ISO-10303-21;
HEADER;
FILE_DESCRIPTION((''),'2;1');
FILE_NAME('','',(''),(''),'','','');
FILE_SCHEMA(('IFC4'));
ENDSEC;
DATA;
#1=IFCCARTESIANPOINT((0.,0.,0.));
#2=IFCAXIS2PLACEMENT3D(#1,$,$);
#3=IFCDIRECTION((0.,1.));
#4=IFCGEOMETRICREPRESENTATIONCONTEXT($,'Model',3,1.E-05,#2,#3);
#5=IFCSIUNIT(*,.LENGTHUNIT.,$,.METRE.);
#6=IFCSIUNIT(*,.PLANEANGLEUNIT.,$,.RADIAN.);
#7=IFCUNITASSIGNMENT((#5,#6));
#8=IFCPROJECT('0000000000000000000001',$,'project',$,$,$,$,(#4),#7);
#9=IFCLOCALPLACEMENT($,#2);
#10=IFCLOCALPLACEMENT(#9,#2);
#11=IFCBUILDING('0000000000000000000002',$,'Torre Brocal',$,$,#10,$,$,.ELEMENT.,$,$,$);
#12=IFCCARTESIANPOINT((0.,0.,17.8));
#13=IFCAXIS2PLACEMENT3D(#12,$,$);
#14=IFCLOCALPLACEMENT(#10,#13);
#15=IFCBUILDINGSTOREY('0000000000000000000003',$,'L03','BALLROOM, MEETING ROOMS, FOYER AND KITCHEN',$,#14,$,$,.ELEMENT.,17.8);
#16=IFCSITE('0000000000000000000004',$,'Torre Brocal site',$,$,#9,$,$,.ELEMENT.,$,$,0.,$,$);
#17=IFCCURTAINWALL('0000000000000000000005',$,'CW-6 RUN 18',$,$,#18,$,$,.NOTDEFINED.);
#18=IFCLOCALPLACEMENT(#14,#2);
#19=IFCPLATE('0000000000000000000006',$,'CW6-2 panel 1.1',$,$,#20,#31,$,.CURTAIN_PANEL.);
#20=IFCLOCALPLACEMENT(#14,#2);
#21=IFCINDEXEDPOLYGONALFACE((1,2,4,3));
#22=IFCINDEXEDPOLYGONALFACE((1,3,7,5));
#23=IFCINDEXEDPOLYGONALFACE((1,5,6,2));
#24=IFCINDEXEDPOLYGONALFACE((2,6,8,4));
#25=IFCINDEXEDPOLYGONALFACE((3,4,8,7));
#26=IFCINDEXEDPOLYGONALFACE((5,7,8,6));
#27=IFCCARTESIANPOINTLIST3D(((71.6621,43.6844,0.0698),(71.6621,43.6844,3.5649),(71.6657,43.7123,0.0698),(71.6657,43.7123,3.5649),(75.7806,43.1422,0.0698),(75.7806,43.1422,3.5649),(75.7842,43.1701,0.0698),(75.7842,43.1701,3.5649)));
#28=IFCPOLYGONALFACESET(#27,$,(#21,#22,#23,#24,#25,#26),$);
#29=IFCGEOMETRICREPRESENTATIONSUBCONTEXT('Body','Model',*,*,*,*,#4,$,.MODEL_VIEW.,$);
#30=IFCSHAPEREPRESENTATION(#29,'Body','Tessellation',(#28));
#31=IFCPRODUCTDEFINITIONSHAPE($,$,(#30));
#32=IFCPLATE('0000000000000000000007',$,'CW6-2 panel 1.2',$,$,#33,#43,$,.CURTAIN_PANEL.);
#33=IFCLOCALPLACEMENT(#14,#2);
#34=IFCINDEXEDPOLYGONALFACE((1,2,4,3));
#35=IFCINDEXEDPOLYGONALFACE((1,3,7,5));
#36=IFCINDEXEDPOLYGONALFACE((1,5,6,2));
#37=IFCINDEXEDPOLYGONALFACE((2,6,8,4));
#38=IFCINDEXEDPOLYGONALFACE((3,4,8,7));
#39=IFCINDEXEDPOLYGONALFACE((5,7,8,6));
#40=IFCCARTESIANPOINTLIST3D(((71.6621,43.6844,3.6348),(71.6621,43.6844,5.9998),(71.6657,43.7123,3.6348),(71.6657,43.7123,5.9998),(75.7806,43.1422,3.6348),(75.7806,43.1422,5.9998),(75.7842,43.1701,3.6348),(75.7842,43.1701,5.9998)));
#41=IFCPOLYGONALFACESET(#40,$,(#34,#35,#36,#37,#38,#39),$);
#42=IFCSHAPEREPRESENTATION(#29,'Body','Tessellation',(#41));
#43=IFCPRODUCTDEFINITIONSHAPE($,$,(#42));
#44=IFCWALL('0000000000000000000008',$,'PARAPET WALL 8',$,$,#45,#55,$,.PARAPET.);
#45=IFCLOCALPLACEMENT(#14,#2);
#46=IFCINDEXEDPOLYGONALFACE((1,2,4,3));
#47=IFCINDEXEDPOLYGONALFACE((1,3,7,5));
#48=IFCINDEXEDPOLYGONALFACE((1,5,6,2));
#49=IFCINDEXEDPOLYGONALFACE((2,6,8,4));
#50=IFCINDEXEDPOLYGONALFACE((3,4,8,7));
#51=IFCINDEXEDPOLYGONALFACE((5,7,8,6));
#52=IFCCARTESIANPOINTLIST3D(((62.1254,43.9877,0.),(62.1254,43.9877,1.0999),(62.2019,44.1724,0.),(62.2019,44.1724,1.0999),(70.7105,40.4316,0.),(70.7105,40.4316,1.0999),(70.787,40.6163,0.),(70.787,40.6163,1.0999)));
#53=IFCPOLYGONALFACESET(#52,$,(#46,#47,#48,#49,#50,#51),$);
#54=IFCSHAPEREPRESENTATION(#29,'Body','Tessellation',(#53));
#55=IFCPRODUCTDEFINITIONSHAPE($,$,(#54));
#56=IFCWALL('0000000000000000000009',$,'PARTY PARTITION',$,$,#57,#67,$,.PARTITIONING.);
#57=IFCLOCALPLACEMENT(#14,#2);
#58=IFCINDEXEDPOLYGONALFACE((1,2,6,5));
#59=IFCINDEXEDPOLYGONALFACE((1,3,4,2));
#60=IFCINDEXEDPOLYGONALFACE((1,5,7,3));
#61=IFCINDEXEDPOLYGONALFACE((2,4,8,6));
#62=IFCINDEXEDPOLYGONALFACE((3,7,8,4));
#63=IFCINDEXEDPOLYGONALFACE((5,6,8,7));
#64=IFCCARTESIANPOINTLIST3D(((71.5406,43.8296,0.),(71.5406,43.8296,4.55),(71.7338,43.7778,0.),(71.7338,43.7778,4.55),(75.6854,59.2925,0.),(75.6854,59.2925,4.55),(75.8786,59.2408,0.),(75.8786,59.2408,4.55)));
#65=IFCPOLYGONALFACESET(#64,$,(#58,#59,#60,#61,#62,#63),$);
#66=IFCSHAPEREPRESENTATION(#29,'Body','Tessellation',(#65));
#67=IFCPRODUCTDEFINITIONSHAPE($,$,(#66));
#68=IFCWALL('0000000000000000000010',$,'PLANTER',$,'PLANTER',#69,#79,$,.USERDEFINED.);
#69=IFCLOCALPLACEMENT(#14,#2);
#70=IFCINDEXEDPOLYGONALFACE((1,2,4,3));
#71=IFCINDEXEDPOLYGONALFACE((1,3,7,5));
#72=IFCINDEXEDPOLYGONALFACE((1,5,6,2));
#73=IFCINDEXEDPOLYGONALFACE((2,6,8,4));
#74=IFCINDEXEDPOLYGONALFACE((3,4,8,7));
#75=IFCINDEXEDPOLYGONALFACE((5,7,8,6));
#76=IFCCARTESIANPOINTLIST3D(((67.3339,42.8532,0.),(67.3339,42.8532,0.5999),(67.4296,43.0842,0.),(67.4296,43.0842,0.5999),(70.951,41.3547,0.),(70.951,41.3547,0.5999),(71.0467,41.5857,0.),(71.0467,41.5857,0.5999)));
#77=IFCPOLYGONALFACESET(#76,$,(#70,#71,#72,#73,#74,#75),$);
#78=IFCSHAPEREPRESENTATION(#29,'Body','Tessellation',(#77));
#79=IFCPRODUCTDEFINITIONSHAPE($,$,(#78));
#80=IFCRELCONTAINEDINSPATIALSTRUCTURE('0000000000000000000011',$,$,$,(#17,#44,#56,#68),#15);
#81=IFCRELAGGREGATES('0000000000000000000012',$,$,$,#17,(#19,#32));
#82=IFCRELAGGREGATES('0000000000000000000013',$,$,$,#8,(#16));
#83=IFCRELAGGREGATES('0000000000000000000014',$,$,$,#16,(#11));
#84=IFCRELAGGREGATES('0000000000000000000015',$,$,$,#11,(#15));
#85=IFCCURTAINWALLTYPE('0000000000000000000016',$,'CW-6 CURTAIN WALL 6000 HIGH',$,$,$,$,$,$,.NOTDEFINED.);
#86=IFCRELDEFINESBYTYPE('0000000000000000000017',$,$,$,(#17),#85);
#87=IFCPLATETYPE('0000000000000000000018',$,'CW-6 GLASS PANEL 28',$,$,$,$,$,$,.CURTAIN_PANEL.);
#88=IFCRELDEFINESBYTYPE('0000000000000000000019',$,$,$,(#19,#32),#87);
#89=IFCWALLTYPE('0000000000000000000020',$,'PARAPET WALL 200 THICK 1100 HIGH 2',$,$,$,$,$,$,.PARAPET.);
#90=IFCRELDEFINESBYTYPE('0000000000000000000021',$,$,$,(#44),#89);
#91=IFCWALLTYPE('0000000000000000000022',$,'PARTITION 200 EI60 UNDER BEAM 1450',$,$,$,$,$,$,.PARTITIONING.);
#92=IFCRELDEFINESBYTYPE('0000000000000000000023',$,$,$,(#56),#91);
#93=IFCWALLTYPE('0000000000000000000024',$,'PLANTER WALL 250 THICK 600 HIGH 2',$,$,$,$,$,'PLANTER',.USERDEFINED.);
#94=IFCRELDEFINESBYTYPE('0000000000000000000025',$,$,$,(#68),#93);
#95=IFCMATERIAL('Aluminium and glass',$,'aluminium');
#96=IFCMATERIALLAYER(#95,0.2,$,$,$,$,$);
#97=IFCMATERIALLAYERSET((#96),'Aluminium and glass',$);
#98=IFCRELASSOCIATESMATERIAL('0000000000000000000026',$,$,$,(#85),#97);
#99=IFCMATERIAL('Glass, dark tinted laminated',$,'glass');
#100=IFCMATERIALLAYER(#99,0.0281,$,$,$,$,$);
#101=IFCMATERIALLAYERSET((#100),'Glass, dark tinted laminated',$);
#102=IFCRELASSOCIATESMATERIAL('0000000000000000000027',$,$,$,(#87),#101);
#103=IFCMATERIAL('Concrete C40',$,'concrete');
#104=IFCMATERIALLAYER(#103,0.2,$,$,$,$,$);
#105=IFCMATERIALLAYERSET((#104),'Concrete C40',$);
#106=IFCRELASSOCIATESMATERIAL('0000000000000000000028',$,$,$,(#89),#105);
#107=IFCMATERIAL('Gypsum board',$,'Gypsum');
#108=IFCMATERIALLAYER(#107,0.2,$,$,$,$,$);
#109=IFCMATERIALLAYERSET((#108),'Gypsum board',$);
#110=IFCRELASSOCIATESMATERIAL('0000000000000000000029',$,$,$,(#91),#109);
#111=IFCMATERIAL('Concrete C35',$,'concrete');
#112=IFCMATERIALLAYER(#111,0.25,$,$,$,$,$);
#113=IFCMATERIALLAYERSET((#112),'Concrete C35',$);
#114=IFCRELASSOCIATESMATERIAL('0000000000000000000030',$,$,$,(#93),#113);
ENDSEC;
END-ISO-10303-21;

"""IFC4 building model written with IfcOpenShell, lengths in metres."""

from ifc_helpers import new_model, si_unit, direction, frame, frame_2d, origin, origin_2d, place, context, subcontext, project, spatial, rectangle, extrude, material, layer, layer_set, type_object, element, aggregate, save


model = new_model("IFC4")

# Units and contexts
model_context = context("Model", 3, precision=1e-05, world=origin(), true_north=direction((0.0, 1.0)))
body_context = subcontext(model_context, "Body", "Model", "MODEL_VIEW")
ifc_project = project(units=[si_unit("LENGTHUNIT", "METRE"), si_unit("PLANEANGLEUNIT", "RADIAN")], contexts=[model_context])

# Site, building, storey
site_placement = place(None, origin())
site = spatial("IfcSite", under=ifc_project, at=site_placement, Name="Torre Brocal site", CompositionType="ELEMENT", RefElevation=0.0)
building_placement = place(site_placement, origin())
building = spatial("IfcBuilding", under=site, at=building_placement, Name="Torre Brocal", CompositionType="ELEMENT")
storey_placement = place(building_placement, frame((0.0, 0.0, 17.8)))
storey = spatial("IfcBuildingStorey", under=building, at=storey_placement, Name="L03", Description="BALLROOM, MEETING ROOMS, FOYER AND KITCHEN", CompositionType="ELEMENT", Elevation=17.8)

# Shared definitions
ifc_material_1 = material(Name="Aluminium and glass", Category="aluminium")
ifc_layer_1 = layer(ifc_material_1, 0.2)
ifc_layer_set_1 = layer_set([ifc_layer_1], Name="Aluminium and glass")
curtain_wall_type = type_object("IfcCurtainWallType", Name="CW-6 CURTAIN WALL 6000 HIGH", PredefinedType="NOTDEFINED", material=ifc_layer_set_1)

# Curtain wall
curtain_wall_1_placement = place(storey_placement, origin())
curtain_wall_1 = element("IfcCurtainWall", 1, at=curtain_wall_1_placement, inside=storey, type_object=curtain_wall_type, Name="CW-6 RUN 18", PredefinedType="NOTDEFINED")

# Plates
ifc_material_2 = material(Name="Glass, dark tinted laminated", Category="glass")
ifc_layer_2 = layer(ifc_material_2, 0.0281)
ifc_layer_set_2 = layer_set([ifc_layer_2], Name="Glass, dark tinted laminated")
plate_type = type_object("IfcPlateType", Name="CW-6 GLASS PANEL 28", PredefinedType="CURTAIN_PANEL", material=ifc_layer_set_2)
plate_1_placement = place(storey_placement, frame((73.7231, 43.4272, 0.0698), z_axis=(0.0, 0.0, 1.0), x_axis=(0.991445, -0.130526, 0.0)))
plate_1 = element("IfcPlate", 2, at=plate_1_placement, type_object=plate_type, Name="CW6-2 panel 1.1", PredefinedType="CURTAIN_PANEL", context=body_context, shape_type="SweptSolid", body=[
    extrude(rectangle(XDim=4.1541, YDim=0.0281, at=origin_2d()), origin(), (0.0, 0.0, 1.0), 3.4951),
])
plate_2_placement = place(storey_placement, frame((73.7231, 43.4272, 3.6348), z_axis=(0.0, 0.0, 1.0), x_axis=(0.991445, -0.130526, 0.0)))
plate_2 = element("IfcPlate", 3, at=plate_2_placement, type_object=plate_type, Name="CW6-2 panel 1.2", PredefinedType="CURTAIN_PANEL", context=body_context, shape_type="SweptSolid", body=[
    extrude(rectangle(XDim=4.1541, YDim=0.0281, at=origin_2d()), origin(), (0.0, 0.0, 1.0), 2.365),
])
aggregate(curtain_wall_1, [plate_1, plate_2])

# Walls
ifc_material_3 = material(Name="Concrete C40", Category="concrete")
ifc_layer_3 = layer(ifc_material_3, 0.2)
ifc_layer_set_3 = layer_set([ifc_layer_3], Name="Concrete C40")
wall_type_1 = type_object("IfcWallType", Name="PARAPET WALL 200 THICK 1100 HIGH 2", PredefinedType="PARAPET", material=ifc_layer_set_3)
wall_1_placement = place(storey_placement, frame((70.7488, 40.5239, 0.0), z_axis=(0.0, 0.0, 1.0), x_axis=(-0.923878, 0.382687, 0.0)))
element("IfcWall", 4, at=wall_1_placement, inside=storey, type_object=wall_type_1, Name="PARAPET WALL 8", PredefinedType="PARAPET", context=body_context, shape_type="SweptSolid", body=[
    extrude(rectangle(XDim=9.2925, YDim=0.2, at=frame_2d((4.6462, 0.0))), origin(), (0.0, 0.0, 1.0), 1.0999),
])
ifc_material_4 = material(Name="Gypsum board", Category="Gypsum")
ifc_layer_4 = layer(ifc_material_4, 0.2)
ifc_layer_set_4 = layer_set([ifc_layer_4], Name="Gypsum board")
wall_type_2 = type_object("IfcWallType", Name="PARTITION 200 EI60 UNDER BEAM 1450", PredefinedType="PARTITIONING", material=ifc_layer_set_4)
wall_2_placement = place(storey_placement, frame((71.6372, 43.8037, 0.0), z_axis=(0.0, 0.0, 1.0), x_axis=(0.258907, 0.965902, 0.0)))
element("IfcWall", 5, at=wall_2_placement, inside=storey, type_object=wall_type_2, Name="PARTY PARTITION", PredefinedType="PARTITIONING", context=body_context, shape_type="SweptSolid", body=[
    extrude(rectangle(XDim=16.0088, YDim=0.2, at=frame_2d((8.0044, 0.0))), origin(), (0.0, 0.0, 1.0), 4.55),
])
ifc_material_5 = material(Name="Concrete C35", Category="concrete")
ifc_layer_5 = layer(ifc_material_5, 0.25)
ifc_layer_set_5 = layer_set([ifc_layer_5], Name="Concrete C35")
wall_type_3 = type_object("IfcWallType", Name="PLANTER WALL 250 THICK 600 HIGH 2", ElementType="PLANTER", PredefinedType="USERDEFINED", material=ifc_layer_set_5)
wall_3_placement = place(storey_placement, frame((70.9988, 41.4702, 0.0), z_axis=(0.0, 0.0, 1.0), x_axis=(-0.923857, 0.382737, 0.0)))
element("IfcWall", 6, at=wall_3_placement, inside=storey, type_object=wall_type_3, Name="PLANTER", ObjectType="PLANTER", PredefinedType="USERDEFINED", context=body_context, shape_type="SweptSolid", body=[
    extrude(rectangle(XDim=3.9153, YDim=0.25, at=frame_2d((1.9575, 0.0))), origin(), (0.0, 0.0, 1.0), 0.5999),
])

save(model, "model.ifc")
